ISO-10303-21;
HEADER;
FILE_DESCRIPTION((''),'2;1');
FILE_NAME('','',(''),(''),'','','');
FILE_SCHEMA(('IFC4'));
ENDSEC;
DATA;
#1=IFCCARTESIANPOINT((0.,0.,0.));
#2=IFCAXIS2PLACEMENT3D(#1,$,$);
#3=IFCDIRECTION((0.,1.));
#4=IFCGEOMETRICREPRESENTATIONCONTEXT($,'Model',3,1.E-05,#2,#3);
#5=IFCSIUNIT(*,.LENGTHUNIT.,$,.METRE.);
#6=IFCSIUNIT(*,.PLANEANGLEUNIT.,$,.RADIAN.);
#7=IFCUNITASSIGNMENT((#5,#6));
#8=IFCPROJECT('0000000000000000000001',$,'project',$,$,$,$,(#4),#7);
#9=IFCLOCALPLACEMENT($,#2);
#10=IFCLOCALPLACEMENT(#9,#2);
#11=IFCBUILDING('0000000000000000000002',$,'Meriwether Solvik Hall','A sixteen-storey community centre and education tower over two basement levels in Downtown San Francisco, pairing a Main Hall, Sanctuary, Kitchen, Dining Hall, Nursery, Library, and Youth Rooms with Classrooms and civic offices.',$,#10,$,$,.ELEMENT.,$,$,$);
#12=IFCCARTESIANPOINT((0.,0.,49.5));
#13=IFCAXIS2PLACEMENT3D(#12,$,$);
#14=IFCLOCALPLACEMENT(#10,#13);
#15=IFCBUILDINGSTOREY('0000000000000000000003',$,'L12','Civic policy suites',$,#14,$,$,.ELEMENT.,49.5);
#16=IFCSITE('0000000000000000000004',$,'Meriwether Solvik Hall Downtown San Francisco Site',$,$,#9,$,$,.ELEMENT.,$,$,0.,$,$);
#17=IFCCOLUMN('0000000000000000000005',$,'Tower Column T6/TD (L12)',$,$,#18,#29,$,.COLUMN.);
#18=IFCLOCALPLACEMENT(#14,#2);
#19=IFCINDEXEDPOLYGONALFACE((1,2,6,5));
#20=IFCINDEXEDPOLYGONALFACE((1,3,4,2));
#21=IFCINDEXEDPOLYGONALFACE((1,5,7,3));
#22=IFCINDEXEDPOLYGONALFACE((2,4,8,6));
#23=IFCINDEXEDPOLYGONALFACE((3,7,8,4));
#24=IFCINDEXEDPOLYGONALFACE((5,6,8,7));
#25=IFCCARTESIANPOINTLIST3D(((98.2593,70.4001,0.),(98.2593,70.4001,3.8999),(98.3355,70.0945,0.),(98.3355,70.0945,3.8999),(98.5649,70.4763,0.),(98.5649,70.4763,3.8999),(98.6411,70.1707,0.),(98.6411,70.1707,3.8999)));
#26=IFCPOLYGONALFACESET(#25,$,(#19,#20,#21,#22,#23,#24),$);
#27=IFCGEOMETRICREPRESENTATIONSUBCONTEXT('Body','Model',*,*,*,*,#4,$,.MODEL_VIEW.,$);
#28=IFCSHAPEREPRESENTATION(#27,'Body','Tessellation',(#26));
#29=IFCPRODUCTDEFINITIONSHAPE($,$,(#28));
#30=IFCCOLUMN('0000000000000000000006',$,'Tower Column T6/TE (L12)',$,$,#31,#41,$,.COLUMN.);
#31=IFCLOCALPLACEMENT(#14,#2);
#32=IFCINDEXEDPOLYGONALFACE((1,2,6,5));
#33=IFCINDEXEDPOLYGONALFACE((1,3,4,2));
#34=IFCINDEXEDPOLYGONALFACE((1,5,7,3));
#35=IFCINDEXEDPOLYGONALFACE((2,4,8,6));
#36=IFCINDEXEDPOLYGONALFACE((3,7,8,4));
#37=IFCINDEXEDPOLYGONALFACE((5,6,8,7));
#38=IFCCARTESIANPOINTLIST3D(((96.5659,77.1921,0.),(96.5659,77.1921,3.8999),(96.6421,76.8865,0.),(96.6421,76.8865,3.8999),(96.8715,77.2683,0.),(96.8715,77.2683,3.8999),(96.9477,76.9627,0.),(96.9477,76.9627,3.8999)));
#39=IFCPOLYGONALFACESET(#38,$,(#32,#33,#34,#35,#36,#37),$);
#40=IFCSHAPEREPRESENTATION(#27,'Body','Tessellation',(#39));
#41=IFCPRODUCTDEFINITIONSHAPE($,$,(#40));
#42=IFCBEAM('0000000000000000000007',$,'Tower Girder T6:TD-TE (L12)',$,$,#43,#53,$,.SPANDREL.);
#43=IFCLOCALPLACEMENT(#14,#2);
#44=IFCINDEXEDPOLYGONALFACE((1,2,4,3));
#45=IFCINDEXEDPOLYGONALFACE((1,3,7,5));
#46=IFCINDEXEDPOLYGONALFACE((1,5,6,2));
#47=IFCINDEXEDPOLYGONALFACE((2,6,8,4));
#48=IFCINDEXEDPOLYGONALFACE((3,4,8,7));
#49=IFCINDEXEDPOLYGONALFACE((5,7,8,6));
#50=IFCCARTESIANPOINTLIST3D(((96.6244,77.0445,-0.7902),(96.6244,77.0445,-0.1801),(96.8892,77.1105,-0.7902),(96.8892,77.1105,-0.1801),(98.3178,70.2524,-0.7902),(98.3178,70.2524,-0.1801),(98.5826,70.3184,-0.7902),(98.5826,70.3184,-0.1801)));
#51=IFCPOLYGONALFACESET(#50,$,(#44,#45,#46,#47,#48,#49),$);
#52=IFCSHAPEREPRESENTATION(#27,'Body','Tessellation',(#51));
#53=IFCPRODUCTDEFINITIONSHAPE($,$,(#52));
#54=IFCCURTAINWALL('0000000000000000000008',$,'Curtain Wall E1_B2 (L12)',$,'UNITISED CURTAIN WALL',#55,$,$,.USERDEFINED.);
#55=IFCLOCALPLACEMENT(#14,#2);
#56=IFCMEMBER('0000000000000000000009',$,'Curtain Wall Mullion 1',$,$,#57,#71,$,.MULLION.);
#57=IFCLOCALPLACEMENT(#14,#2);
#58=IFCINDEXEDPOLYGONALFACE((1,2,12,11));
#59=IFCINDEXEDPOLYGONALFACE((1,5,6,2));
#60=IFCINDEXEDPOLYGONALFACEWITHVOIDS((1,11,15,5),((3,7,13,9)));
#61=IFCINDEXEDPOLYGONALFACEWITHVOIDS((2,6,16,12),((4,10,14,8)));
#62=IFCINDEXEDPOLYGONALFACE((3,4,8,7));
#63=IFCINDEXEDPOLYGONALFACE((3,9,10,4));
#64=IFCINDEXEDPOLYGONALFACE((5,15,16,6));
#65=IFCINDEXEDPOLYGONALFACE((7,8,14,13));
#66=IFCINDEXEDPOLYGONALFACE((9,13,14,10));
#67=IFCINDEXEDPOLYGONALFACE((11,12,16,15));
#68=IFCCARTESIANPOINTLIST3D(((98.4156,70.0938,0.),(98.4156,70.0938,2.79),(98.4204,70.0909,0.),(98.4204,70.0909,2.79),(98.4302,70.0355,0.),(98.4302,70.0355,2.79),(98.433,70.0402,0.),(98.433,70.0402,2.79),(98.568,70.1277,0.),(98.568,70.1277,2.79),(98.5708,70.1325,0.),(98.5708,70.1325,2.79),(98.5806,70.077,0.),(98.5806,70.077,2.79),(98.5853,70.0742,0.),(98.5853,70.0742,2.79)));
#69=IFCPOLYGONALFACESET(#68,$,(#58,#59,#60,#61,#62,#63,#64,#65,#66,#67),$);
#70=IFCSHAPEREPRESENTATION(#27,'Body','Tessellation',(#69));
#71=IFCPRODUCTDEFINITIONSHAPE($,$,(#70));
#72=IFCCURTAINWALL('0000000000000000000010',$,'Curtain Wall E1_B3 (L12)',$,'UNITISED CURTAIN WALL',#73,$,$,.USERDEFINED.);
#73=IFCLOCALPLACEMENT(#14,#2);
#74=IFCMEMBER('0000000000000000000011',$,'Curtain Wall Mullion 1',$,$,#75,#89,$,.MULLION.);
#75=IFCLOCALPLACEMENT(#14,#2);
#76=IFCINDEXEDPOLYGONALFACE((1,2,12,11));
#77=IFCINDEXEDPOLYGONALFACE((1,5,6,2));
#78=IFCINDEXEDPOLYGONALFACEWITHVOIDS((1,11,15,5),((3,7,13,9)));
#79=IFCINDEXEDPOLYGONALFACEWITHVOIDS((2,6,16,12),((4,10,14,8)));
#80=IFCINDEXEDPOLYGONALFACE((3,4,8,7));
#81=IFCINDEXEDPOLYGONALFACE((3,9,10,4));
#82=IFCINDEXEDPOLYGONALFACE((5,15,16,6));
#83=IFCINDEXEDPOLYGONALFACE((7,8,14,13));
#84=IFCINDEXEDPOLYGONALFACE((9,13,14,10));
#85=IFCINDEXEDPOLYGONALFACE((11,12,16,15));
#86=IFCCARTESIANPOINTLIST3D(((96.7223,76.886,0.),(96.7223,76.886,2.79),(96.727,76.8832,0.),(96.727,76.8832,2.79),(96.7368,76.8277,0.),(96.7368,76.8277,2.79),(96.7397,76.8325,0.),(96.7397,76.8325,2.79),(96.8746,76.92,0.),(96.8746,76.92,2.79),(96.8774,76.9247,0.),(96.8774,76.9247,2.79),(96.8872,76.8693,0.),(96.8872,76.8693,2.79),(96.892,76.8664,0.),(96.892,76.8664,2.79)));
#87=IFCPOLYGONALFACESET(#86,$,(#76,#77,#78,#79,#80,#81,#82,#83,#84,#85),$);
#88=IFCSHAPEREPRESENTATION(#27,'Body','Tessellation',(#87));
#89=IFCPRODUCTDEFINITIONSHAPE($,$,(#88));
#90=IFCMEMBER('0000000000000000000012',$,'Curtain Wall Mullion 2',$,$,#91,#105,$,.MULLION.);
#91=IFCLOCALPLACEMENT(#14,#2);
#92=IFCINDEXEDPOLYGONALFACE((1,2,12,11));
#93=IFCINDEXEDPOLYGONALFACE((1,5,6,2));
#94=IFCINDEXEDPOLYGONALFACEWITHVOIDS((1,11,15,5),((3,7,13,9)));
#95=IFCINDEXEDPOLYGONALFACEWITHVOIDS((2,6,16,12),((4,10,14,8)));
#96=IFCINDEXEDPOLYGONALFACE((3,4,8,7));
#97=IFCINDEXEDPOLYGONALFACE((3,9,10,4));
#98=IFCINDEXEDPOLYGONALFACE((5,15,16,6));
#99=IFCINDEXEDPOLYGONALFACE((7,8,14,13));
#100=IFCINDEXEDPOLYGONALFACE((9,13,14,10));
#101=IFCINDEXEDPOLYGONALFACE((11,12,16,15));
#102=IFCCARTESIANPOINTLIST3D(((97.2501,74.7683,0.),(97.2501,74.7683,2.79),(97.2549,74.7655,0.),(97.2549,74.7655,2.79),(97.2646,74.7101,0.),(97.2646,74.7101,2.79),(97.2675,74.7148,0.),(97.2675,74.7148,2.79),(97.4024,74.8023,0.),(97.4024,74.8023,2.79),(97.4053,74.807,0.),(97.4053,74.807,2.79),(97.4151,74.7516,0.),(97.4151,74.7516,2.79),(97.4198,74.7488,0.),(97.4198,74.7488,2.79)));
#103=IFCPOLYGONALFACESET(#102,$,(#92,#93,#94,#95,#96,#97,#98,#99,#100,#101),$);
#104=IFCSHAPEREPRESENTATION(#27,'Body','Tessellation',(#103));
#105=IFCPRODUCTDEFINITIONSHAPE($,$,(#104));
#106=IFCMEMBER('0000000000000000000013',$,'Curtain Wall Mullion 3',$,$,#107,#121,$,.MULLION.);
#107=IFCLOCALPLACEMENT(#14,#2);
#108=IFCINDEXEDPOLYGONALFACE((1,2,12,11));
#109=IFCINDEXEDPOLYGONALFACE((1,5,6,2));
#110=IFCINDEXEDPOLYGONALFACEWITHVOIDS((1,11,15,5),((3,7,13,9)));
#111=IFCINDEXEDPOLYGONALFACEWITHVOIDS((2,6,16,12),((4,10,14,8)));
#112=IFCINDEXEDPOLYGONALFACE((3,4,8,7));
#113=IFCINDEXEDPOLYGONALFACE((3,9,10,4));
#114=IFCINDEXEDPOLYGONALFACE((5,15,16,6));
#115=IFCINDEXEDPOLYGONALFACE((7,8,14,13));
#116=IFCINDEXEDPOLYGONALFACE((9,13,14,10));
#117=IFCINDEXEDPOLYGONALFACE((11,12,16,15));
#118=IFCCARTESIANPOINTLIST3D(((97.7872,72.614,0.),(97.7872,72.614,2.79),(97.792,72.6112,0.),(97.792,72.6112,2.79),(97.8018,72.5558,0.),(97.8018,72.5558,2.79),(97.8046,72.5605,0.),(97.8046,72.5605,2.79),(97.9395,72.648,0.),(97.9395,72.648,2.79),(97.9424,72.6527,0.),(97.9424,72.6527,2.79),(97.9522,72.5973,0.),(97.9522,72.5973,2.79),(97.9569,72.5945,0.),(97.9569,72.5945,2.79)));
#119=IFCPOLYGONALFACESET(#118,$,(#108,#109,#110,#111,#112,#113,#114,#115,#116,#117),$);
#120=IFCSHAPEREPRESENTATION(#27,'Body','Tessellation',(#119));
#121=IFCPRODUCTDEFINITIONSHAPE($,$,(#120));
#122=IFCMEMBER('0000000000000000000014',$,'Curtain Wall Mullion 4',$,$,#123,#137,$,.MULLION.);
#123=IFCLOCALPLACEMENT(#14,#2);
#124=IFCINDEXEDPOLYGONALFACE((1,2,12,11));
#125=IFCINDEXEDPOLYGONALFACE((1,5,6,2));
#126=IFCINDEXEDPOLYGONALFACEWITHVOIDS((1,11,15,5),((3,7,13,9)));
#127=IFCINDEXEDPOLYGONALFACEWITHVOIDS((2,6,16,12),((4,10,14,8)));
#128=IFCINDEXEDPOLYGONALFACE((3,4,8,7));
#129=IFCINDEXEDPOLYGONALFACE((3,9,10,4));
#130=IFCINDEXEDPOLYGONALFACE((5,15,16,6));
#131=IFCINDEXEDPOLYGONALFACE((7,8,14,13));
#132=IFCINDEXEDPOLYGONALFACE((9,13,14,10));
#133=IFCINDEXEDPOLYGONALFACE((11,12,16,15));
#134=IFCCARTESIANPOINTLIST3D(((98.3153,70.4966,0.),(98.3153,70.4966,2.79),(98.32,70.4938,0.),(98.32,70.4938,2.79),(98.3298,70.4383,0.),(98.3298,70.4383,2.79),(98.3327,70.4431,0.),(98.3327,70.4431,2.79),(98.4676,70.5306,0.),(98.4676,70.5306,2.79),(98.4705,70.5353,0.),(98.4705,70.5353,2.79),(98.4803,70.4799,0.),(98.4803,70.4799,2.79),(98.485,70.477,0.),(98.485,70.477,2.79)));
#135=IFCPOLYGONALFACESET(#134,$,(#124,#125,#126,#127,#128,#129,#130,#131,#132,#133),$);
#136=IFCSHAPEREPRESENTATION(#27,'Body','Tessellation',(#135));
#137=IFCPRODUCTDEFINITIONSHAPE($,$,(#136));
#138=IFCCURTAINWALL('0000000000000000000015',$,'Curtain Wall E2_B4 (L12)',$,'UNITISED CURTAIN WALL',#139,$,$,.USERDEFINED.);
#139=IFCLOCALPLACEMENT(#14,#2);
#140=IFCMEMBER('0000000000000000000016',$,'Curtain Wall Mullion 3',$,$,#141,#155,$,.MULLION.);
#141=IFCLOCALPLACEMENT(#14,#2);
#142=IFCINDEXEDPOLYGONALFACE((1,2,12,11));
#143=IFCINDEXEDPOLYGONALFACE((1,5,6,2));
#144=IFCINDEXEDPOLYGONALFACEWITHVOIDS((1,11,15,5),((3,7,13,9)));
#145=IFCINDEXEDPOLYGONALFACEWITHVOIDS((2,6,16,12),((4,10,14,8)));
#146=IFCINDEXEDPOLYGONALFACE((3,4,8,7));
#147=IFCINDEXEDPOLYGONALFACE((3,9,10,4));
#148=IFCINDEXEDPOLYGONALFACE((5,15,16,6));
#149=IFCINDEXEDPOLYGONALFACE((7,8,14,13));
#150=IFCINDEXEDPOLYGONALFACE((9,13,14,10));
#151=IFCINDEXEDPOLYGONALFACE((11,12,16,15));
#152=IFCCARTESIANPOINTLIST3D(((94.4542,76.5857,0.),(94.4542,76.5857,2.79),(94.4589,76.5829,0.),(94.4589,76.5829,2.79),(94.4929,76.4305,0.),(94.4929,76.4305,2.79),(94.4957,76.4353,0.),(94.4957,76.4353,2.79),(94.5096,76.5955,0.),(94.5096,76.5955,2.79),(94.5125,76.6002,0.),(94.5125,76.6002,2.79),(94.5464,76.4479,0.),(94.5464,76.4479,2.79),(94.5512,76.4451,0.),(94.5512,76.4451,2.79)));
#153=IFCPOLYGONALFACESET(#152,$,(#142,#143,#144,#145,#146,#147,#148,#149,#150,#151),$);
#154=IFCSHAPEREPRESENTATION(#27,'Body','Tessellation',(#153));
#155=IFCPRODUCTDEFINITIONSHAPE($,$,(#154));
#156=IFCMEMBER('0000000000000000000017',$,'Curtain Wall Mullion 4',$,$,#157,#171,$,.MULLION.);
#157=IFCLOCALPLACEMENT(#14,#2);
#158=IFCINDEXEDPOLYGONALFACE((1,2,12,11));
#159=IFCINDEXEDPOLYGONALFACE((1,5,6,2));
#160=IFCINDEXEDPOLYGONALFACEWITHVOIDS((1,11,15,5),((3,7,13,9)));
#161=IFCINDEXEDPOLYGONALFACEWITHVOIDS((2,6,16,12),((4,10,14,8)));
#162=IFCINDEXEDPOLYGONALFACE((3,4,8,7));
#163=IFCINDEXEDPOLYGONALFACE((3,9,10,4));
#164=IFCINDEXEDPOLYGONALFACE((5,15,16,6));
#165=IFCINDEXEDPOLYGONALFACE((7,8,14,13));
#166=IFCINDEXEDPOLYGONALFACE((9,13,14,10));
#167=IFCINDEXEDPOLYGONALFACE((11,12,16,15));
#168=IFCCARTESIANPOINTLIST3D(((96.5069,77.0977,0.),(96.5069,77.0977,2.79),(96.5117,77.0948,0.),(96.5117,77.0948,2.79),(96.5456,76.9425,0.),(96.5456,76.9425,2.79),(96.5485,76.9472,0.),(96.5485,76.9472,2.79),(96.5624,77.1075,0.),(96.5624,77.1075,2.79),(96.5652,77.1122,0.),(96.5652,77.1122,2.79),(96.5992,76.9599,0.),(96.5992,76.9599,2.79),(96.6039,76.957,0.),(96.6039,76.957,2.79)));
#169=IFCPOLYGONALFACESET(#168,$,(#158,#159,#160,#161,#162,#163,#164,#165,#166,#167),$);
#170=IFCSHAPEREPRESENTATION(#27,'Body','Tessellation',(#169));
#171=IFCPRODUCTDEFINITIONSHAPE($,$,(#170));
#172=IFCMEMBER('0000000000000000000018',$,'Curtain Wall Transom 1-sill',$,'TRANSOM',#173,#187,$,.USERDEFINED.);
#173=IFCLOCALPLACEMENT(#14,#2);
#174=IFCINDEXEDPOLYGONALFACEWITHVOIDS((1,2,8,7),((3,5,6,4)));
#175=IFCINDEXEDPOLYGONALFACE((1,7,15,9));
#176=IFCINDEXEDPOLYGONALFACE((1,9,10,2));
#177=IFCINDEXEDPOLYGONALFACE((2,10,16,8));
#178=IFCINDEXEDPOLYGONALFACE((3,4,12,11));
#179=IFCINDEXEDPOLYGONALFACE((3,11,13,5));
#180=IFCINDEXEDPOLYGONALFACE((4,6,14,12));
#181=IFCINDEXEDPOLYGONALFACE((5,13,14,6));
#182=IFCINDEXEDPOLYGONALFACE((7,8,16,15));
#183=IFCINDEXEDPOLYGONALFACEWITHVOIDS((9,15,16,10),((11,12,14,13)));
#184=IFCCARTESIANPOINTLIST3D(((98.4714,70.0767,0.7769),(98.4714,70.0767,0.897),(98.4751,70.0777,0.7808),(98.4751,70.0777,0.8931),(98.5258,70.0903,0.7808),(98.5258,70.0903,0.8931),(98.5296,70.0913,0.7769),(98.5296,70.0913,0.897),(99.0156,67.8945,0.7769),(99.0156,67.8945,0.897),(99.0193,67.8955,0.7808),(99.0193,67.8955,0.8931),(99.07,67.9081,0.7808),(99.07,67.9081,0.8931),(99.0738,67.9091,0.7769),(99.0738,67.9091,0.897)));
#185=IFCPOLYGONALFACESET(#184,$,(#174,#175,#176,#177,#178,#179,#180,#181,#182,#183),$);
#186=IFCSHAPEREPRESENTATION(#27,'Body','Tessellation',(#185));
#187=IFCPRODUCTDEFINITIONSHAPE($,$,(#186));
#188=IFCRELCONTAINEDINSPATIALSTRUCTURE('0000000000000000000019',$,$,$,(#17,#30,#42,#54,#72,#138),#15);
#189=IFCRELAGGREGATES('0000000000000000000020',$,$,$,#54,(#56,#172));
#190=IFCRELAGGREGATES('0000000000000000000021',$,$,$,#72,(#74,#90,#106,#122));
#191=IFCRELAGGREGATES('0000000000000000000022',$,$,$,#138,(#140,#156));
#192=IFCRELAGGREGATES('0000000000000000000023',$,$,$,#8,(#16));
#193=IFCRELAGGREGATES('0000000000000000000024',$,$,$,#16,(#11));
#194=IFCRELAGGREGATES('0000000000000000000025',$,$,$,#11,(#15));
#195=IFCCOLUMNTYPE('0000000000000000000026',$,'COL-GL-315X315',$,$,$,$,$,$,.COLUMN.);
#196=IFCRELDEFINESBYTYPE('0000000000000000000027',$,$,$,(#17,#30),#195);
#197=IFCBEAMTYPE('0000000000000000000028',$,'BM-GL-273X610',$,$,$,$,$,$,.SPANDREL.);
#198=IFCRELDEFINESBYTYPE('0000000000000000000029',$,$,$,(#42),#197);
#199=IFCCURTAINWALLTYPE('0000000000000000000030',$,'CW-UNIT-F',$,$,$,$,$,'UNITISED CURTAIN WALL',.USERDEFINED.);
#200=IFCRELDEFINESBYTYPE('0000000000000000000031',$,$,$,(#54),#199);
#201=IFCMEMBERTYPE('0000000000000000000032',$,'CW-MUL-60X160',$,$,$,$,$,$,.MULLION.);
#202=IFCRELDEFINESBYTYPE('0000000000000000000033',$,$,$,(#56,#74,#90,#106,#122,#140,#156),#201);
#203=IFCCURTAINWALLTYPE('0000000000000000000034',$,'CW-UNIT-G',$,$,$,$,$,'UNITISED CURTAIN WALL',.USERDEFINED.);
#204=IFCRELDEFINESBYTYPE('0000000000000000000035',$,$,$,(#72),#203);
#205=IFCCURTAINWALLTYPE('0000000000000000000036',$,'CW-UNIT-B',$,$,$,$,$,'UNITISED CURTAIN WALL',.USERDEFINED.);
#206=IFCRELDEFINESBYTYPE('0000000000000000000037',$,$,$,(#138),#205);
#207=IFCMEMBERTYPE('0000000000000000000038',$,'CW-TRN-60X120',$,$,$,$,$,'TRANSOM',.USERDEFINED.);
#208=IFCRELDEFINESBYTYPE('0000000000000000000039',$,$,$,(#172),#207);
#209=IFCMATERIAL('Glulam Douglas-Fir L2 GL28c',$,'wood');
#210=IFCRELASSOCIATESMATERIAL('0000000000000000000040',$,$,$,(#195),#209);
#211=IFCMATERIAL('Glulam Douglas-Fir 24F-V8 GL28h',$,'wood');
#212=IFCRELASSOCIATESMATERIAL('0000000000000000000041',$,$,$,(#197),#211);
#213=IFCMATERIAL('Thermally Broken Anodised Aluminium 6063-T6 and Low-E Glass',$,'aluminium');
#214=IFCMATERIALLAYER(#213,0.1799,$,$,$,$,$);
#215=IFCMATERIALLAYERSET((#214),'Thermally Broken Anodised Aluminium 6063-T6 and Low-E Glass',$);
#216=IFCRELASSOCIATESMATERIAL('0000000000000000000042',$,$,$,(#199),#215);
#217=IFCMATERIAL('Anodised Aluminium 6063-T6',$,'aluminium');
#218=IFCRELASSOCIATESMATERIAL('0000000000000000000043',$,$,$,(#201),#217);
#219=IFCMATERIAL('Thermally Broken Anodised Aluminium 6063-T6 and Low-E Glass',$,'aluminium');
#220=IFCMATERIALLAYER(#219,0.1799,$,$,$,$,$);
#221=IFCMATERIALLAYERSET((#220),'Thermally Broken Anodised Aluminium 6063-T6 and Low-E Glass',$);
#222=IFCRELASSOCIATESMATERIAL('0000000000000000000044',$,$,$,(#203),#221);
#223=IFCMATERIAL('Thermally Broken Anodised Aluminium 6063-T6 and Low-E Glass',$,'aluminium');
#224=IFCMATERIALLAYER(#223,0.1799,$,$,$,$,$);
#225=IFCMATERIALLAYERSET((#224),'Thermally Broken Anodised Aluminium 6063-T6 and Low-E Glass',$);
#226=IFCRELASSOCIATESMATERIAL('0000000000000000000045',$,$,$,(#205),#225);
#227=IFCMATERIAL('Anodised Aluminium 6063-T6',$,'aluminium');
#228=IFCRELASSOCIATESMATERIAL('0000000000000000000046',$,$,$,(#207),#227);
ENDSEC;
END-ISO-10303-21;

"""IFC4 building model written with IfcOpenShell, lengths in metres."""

from ifc_helpers import new_model, si_unit, direction, frame, origin, origin_2d, place, context, subcontext, project, spatial, rectangle, hollow_rectangle, extrude, material, layer, layer_set, material_profile, profile_set, type_object, element, aggregate, save


model = new_model("IFC4")

# Units and contexts
model_context = context("Model", 3, precision=1e-05, world=origin(), true_north=direction((0.0, 1.0)))
body_context = subcontext(model_context, "Body", "Model", "MODEL_VIEW")
ifc_project = project(units=[si_unit("LENGTHUNIT", "METRE"), si_unit("PLANEANGLEUNIT", "RADIAN")], contexts=[model_context])

# Site, building, storey
site_placement = place(None, origin())
site = spatial("IfcSite", under=ifc_project, at=site_placement, Name="Meriwether Solvik Hall Downtown San Francisco Site", CompositionType="ELEMENT", RefElevation=0.0)
building_placement = place(site_placement, origin())
building = spatial("IfcBuilding", under=site, at=building_placement, Name="Meriwether Solvik Hall", Description="A sixteen-storey community centre and education tower over two basement levels in Downtown San Francisco, pairing a Main Hall, Sanctuary, Kitchen, Dining Hall, Nursery, Library, and Youth Rooms with Classrooms and civic offices.", CompositionType="ELEMENT")
storey_placement = place(building_placement, frame((0.0, 0.0, 49.5)))
storey = spatial("IfcBuildingStorey", under=building, at=storey_placement, Name="L12", Description="Civic policy suites", CompositionType="ELEMENT", Elevation=49.5)

# Columns
ifc_material_1 = material(Name="Glulam Douglas-Fir L2 GL28c", Category="wood")
ifc_material_profile_1 = material_profile(ifc_material_1, rectangle(XDim=0.3149, YDim=0.3149, at=origin_2d()), Name="GLC-315X315")
ifc_profile_set_1 = profile_set([ifc_material_profile_1], Name="Glulam Douglas-Fir L2 GL28c")
column_type = type_object("IfcColumnType", Name="COL-GL-315X315", PredefinedType="COLUMN", material=ifc_profile_set_1)
for number, where, z_axis, x_axis, name in (
    (1, (98.4502, 70.2854, 0.0), (0.0, 0.0, 1.0), (0.970296, 0.241922, 0.0), "Tower Column T6/TD (L12)"),
    (2, (96.7568, 77.0774, 0.0), (0.0, 0.0, 1.0), (0.970296, 0.241922, 0.0), "Tower Column T6/TE (L12)"),
):
    element("IfcColumn", number, at=place(storey_placement, frame(where, z_axis=z_axis, x_axis=x_axis)), inside=storey, type_object=column_type, Name=name, PredefinedType="COLUMN", context=body_context, shape_type="SweptSolid", body=[
        extrude(rectangle(XDim=0.3149, YDim=0.3149, at=origin_2d()), origin(), (0.0, 0.0, 1.0), 3.8999),
    ])

# Beam
ifc_material_2 = material(Name="Glulam Douglas-Fir 24F-V8 GL28h", Category="wood")
ifc_material_profile_2 = material_profile(ifc_material_2, rectangle(XDim=0.2729, YDim=0.6101, at=origin_2d()), Name="GLB-273X610")
ifc_profile_set_2 = profile_set([ifc_material_profile_2], Name="Glulam Douglas-Fir 24F-V8 GL28h")
beam_type = type_object("IfcBeamType", Name="BM-GL-273X610", PredefinedType="SPANDREL", material=ifc_profile_set_2)
beam_placement = place(storey_placement, frame((98.4502, 70.2854, -0.4851), z_axis=(-0.241912, 0.970298, 0.0), x_axis=(-0.970298, -0.241912, 0.0)))
element("IfcBeam", 3, at=beam_placement, inside=storey, type_object=beam_type, Name="Tower Girder T6:TD-TE (L12)", PredefinedType="SPANDREL", context=body_context, shape_type="SweptSolid", body=[
    extrude(rectangle(XDim=0.2729, YDim=0.6101, at=origin_2d()), origin(), (0.0, 0.0, 1.0), 7.0),
])

# Curtain wall, member
ifc_material_3 = material(Name="Thermally Broken Anodised Aluminium 6063-T6 and Low-E Glass", Category="aluminium")
ifc_layer_1 = layer(ifc_material_3, 0.1799)
ifc_layer_set_1 = layer_set([ifc_layer_1], Name="Thermally Broken Anodised Aluminium 6063-T6 and Low-E Glass")
curtain_wall_type_1 = type_object("IfcCurtainWallType", Name="CW-UNIT-F", ElementType="UNITISED CURTAIN WALL", PredefinedType="USERDEFINED", material=ifc_layer_set_1)
curtain_wall_1_placement = place(storey_placement, origin())
curtain_wall_1 = element("IfcCurtainWall", 4, at=curtain_wall_1_placement, inside=storey, type_object=curtain_wall_type_1, Name="Curtain Wall E1_B2 (L12)", ObjectType="UNITISED CURTAIN WALL", PredefinedType="USERDEFINED")
ifc_material_4 = material(Name="Anodised Aluminium 6063-T6", Category="aluminium")
ifc_material_profile_3 = material_profile(ifc_material_4, hollow_rectangle(XDim=0.0601, YDim=0.1599, WallThickness=0.0039, at=origin_2d()), Name="CWM-60X160")
ifc_profile_set_3 = profile_set([ifc_material_profile_3], Name="Anodised Aluminium 6063-T6")
member_type_1 = type_object("IfcMemberType", Name="CW-MUL-60X160", PredefinedType="MULLION", material=ifc_profile_set_3)
member_1_placement = place(storey_placement, frame((98.5005, 70.084, 0.0), z_axis=(0.0, 0.0, 1.0), x_axis=(0.241922, -0.970296, 0.0)))
member_1 = element("IfcMember", 5, at=member_1_placement, type_object=member_type_1, Name="Curtain Wall Mullion 1", PredefinedType="MULLION", context=body_context, shape_type="SweptSolid", body=[
    extrude(hollow_rectangle(XDim=0.0601, YDim=0.1599, WallThickness=0.0039, at=origin_2d()), origin(), (0.0, 0.0, 1.0), 2.79),
])

# Curtain walls, members
ifc_material_5 = material(Name="Thermally Broken Anodised Aluminium 6063-T6 and Low-E Glass", Category="aluminium")
ifc_layer_2 = layer(ifc_material_5, 0.1799)
ifc_layer_set_2 = layer_set([ifc_layer_2], Name="Thermally Broken Anodised Aluminium 6063-T6 and Low-E Glass")
curtain_wall_type_2 = type_object("IfcCurtainWallType", Name="CW-UNIT-G", ElementType="UNITISED CURTAIN WALL", PredefinedType="USERDEFINED", material=ifc_layer_set_2)
curtain_wall_2_placement = place(storey_placement, origin())
curtain_wall_2 = element("IfcCurtainWall", 6, at=curtain_wall_2_placement, inside=storey, type_object=curtain_wall_type_2, Name="Curtain Wall E1_B3 (L12)", ObjectType="UNITISED CURTAIN WALL", PredefinedType="USERDEFINED")
member_2_placement = place(storey_placement, frame((96.8071, 76.8762, 0.0), z_axis=(0.0, 0.0, 1.0), x_axis=(0.241922, -0.970296, 0.0)))
member_2 = element("IfcMember", 7, at=member_2_placement, type_object=member_type_1, Name="Curtain Wall Mullion 1", PredefinedType="MULLION", context=body_context, shape_type="SweptSolid", body=[
    extrude(hollow_rectangle(XDim=0.0601, YDim=0.1599, WallThickness=0.0039, at=origin_2d()), origin(), (0.0, 0.0, 1.0), 2.79),
])
member_3_placement = place(storey_placement, frame((97.335, 74.7585, 0.0), z_axis=(0.0, 0.0, 1.0), x_axis=(0.241922, -0.970296, 0.0)))
member_3 = element("IfcMember", 8, at=member_3_placement, type_object=member_type_1, Name="Curtain Wall Mullion 2", PredefinedType="MULLION", context=body_context, shape_type="SweptSolid", body=[
    extrude(hollow_rectangle(XDim=0.0601, YDim=0.1599, WallThickness=0.0039, at=origin_2d()), origin(), (0.0, 0.0, 1.0), 2.79),
])
member_4_placement = place(storey_placement, frame((97.8721, 72.6042, 0.0), z_axis=(0.0, 0.0, 1.0), x_axis=(0.241922, -0.970296, 0.0)))
member_4 = element("IfcMember", 9, at=member_4_placement, type_object=member_type_1, Name="Curtain Wall Mullion 3", PredefinedType="MULLION", context=body_context, shape_type="SweptSolid", body=[
    extrude(hollow_rectangle(XDim=0.0601, YDim=0.1599, WallThickness=0.0039, at=origin_2d()), origin(), (0.0, 0.0, 1.0), 2.79),
])
member_5_placement = place(storey_placement, frame((98.4001, 70.4868, 0.0), z_axis=(0.0, 0.0, 1.0), x_axis=(0.241922, -0.970296, 0.0)))
member_5 = element("IfcMember", 10, at=member_5_placement, type_object=member_type_1, Name="Curtain Wall Mullion 4", PredefinedType="MULLION", context=body_context, shape_type="SweptSolid", body=[
    extrude(hollow_rectangle(XDim=0.0601, YDim=0.1599, WallThickness=0.0039, at=origin_2d()), origin(), (0.0, 0.0, 1.0), 2.79),
])
ifc_material_6 = material(Name="Thermally Broken Anodised Aluminium 6063-T6 and Low-E Glass", Category="aluminium")
ifc_layer_3 = layer(ifc_material_6, 0.1799)
ifc_layer_set_3 = layer_set([ifc_layer_3], Name="Thermally Broken Anodised Aluminium 6063-T6 and Low-E Glass")
curtain_wall_type_3 = type_object("IfcCurtainWallType", Name="CW-UNIT-B", ElementType="UNITISED CURTAIN WALL", PredefinedType="USERDEFINED", material=ifc_layer_set_3)
curtain_wall_3_placement = place(storey_placement, origin())
curtain_wall_3 = element("IfcCurtainWall", 11, at=curtain_wall_3_placement, inside=storey, type_object=curtain_wall_type_3, Name="Curtain Wall E2_B4 (L12)", ObjectType="UNITISED CURTAIN WALL", PredefinedType="USERDEFINED")
member_6_placement = place(storey_placement, frame((94.5027, 76.5154, 0.0), z_axis=(0.0, 0.0, 1.0), x_axis=(0.970296, 0.241922, 0.0)))
member_6 = element("IfcMember", 12, at=member_6_placement, type_object=member_type_1, Name="Curtain Wall Mullion 3", PredefinedType="MULLION", context=body_context, shape_type="SweptSolid", body=[
    extrude(hollow_rectangle(XDim=0.0601, YDim=0.1599, WallThickness=0.0039, at=origin_2d()), origin(), (0.0, 0.0, 1.0), 2.79),
])
member_7_placement = place(storey_placement, frame((96.5554, 77.0273, 0.0), z_axis=(0.0, 0.0, 1.0), x_axis=(0.970296, 0.241922, 0.0)))
member_7 = element("IfcMember", 13, at=member_7_placement, type_object=member_type_1, Name="Curtain Wall Mullion 4", PredefinedType="MULLION", context=body_context, shape_type="SweptSolid", body=[
    extrude(hollow_rectangle(XDim=0.0601, YDim=0.1599, WallThickness=0.0039, at=origin_2d()), origin(), (0.0, 0.0, 1.0), 2.79),
])

# Member
ifc_material_7 = material(Name="Anodised Aluminium 6063-T6", Category="aluminium")
ifc_material_profile_4 = material_profile(ifc_material_7, hollow_rectangle(XDim=0.0601, YDim=0.1201, WallThickness=0.0039, at=origin_2d()), Name="CWT-60X120")
ifc_profile_set_4 = profile_set([ifc_material_profile_4], Name="Anodised Aluminium 6063-T6")
member_type_2 = type_object("IfcMemberType", Name="CW-TRN-60X120", ElementType="TRANSOM", PredefinedType="USERDEFINED", material=ifc_profile_set_4)
member_8_placement = place(storey_placement, frame((98.5005, 70.084, 0.8369), z_axis=(0.241974, -0.970283, 0.0), x_axis=(0.970283, 0.241974, 0.0)))
member_8 = element("IfcMember", 14, at=member_8_placement, type_object=member_type_2, Name="Curtain Wall Transom 1-sill", ObjectType="TRANSOM", PredefinedType="USERDEFINED", context=body_context, shape_type="SweptSolid", body=[
    extrude(hollow_rectangle(XDim=0.0601, YDim=0.1201, WallThickness=0.0039, at=origin_2d()), origin(), (0.0, 0.0, 1.0), 2.249),
])
aggregate(curtain_wall_1, [member_1, member_8])

aggregate(curtain_wall_2, [member_2, member_3, member_4, member_5])
aggregate(curtain_wall_3, [member_6, member_7])

save(model, "model.ifc")
